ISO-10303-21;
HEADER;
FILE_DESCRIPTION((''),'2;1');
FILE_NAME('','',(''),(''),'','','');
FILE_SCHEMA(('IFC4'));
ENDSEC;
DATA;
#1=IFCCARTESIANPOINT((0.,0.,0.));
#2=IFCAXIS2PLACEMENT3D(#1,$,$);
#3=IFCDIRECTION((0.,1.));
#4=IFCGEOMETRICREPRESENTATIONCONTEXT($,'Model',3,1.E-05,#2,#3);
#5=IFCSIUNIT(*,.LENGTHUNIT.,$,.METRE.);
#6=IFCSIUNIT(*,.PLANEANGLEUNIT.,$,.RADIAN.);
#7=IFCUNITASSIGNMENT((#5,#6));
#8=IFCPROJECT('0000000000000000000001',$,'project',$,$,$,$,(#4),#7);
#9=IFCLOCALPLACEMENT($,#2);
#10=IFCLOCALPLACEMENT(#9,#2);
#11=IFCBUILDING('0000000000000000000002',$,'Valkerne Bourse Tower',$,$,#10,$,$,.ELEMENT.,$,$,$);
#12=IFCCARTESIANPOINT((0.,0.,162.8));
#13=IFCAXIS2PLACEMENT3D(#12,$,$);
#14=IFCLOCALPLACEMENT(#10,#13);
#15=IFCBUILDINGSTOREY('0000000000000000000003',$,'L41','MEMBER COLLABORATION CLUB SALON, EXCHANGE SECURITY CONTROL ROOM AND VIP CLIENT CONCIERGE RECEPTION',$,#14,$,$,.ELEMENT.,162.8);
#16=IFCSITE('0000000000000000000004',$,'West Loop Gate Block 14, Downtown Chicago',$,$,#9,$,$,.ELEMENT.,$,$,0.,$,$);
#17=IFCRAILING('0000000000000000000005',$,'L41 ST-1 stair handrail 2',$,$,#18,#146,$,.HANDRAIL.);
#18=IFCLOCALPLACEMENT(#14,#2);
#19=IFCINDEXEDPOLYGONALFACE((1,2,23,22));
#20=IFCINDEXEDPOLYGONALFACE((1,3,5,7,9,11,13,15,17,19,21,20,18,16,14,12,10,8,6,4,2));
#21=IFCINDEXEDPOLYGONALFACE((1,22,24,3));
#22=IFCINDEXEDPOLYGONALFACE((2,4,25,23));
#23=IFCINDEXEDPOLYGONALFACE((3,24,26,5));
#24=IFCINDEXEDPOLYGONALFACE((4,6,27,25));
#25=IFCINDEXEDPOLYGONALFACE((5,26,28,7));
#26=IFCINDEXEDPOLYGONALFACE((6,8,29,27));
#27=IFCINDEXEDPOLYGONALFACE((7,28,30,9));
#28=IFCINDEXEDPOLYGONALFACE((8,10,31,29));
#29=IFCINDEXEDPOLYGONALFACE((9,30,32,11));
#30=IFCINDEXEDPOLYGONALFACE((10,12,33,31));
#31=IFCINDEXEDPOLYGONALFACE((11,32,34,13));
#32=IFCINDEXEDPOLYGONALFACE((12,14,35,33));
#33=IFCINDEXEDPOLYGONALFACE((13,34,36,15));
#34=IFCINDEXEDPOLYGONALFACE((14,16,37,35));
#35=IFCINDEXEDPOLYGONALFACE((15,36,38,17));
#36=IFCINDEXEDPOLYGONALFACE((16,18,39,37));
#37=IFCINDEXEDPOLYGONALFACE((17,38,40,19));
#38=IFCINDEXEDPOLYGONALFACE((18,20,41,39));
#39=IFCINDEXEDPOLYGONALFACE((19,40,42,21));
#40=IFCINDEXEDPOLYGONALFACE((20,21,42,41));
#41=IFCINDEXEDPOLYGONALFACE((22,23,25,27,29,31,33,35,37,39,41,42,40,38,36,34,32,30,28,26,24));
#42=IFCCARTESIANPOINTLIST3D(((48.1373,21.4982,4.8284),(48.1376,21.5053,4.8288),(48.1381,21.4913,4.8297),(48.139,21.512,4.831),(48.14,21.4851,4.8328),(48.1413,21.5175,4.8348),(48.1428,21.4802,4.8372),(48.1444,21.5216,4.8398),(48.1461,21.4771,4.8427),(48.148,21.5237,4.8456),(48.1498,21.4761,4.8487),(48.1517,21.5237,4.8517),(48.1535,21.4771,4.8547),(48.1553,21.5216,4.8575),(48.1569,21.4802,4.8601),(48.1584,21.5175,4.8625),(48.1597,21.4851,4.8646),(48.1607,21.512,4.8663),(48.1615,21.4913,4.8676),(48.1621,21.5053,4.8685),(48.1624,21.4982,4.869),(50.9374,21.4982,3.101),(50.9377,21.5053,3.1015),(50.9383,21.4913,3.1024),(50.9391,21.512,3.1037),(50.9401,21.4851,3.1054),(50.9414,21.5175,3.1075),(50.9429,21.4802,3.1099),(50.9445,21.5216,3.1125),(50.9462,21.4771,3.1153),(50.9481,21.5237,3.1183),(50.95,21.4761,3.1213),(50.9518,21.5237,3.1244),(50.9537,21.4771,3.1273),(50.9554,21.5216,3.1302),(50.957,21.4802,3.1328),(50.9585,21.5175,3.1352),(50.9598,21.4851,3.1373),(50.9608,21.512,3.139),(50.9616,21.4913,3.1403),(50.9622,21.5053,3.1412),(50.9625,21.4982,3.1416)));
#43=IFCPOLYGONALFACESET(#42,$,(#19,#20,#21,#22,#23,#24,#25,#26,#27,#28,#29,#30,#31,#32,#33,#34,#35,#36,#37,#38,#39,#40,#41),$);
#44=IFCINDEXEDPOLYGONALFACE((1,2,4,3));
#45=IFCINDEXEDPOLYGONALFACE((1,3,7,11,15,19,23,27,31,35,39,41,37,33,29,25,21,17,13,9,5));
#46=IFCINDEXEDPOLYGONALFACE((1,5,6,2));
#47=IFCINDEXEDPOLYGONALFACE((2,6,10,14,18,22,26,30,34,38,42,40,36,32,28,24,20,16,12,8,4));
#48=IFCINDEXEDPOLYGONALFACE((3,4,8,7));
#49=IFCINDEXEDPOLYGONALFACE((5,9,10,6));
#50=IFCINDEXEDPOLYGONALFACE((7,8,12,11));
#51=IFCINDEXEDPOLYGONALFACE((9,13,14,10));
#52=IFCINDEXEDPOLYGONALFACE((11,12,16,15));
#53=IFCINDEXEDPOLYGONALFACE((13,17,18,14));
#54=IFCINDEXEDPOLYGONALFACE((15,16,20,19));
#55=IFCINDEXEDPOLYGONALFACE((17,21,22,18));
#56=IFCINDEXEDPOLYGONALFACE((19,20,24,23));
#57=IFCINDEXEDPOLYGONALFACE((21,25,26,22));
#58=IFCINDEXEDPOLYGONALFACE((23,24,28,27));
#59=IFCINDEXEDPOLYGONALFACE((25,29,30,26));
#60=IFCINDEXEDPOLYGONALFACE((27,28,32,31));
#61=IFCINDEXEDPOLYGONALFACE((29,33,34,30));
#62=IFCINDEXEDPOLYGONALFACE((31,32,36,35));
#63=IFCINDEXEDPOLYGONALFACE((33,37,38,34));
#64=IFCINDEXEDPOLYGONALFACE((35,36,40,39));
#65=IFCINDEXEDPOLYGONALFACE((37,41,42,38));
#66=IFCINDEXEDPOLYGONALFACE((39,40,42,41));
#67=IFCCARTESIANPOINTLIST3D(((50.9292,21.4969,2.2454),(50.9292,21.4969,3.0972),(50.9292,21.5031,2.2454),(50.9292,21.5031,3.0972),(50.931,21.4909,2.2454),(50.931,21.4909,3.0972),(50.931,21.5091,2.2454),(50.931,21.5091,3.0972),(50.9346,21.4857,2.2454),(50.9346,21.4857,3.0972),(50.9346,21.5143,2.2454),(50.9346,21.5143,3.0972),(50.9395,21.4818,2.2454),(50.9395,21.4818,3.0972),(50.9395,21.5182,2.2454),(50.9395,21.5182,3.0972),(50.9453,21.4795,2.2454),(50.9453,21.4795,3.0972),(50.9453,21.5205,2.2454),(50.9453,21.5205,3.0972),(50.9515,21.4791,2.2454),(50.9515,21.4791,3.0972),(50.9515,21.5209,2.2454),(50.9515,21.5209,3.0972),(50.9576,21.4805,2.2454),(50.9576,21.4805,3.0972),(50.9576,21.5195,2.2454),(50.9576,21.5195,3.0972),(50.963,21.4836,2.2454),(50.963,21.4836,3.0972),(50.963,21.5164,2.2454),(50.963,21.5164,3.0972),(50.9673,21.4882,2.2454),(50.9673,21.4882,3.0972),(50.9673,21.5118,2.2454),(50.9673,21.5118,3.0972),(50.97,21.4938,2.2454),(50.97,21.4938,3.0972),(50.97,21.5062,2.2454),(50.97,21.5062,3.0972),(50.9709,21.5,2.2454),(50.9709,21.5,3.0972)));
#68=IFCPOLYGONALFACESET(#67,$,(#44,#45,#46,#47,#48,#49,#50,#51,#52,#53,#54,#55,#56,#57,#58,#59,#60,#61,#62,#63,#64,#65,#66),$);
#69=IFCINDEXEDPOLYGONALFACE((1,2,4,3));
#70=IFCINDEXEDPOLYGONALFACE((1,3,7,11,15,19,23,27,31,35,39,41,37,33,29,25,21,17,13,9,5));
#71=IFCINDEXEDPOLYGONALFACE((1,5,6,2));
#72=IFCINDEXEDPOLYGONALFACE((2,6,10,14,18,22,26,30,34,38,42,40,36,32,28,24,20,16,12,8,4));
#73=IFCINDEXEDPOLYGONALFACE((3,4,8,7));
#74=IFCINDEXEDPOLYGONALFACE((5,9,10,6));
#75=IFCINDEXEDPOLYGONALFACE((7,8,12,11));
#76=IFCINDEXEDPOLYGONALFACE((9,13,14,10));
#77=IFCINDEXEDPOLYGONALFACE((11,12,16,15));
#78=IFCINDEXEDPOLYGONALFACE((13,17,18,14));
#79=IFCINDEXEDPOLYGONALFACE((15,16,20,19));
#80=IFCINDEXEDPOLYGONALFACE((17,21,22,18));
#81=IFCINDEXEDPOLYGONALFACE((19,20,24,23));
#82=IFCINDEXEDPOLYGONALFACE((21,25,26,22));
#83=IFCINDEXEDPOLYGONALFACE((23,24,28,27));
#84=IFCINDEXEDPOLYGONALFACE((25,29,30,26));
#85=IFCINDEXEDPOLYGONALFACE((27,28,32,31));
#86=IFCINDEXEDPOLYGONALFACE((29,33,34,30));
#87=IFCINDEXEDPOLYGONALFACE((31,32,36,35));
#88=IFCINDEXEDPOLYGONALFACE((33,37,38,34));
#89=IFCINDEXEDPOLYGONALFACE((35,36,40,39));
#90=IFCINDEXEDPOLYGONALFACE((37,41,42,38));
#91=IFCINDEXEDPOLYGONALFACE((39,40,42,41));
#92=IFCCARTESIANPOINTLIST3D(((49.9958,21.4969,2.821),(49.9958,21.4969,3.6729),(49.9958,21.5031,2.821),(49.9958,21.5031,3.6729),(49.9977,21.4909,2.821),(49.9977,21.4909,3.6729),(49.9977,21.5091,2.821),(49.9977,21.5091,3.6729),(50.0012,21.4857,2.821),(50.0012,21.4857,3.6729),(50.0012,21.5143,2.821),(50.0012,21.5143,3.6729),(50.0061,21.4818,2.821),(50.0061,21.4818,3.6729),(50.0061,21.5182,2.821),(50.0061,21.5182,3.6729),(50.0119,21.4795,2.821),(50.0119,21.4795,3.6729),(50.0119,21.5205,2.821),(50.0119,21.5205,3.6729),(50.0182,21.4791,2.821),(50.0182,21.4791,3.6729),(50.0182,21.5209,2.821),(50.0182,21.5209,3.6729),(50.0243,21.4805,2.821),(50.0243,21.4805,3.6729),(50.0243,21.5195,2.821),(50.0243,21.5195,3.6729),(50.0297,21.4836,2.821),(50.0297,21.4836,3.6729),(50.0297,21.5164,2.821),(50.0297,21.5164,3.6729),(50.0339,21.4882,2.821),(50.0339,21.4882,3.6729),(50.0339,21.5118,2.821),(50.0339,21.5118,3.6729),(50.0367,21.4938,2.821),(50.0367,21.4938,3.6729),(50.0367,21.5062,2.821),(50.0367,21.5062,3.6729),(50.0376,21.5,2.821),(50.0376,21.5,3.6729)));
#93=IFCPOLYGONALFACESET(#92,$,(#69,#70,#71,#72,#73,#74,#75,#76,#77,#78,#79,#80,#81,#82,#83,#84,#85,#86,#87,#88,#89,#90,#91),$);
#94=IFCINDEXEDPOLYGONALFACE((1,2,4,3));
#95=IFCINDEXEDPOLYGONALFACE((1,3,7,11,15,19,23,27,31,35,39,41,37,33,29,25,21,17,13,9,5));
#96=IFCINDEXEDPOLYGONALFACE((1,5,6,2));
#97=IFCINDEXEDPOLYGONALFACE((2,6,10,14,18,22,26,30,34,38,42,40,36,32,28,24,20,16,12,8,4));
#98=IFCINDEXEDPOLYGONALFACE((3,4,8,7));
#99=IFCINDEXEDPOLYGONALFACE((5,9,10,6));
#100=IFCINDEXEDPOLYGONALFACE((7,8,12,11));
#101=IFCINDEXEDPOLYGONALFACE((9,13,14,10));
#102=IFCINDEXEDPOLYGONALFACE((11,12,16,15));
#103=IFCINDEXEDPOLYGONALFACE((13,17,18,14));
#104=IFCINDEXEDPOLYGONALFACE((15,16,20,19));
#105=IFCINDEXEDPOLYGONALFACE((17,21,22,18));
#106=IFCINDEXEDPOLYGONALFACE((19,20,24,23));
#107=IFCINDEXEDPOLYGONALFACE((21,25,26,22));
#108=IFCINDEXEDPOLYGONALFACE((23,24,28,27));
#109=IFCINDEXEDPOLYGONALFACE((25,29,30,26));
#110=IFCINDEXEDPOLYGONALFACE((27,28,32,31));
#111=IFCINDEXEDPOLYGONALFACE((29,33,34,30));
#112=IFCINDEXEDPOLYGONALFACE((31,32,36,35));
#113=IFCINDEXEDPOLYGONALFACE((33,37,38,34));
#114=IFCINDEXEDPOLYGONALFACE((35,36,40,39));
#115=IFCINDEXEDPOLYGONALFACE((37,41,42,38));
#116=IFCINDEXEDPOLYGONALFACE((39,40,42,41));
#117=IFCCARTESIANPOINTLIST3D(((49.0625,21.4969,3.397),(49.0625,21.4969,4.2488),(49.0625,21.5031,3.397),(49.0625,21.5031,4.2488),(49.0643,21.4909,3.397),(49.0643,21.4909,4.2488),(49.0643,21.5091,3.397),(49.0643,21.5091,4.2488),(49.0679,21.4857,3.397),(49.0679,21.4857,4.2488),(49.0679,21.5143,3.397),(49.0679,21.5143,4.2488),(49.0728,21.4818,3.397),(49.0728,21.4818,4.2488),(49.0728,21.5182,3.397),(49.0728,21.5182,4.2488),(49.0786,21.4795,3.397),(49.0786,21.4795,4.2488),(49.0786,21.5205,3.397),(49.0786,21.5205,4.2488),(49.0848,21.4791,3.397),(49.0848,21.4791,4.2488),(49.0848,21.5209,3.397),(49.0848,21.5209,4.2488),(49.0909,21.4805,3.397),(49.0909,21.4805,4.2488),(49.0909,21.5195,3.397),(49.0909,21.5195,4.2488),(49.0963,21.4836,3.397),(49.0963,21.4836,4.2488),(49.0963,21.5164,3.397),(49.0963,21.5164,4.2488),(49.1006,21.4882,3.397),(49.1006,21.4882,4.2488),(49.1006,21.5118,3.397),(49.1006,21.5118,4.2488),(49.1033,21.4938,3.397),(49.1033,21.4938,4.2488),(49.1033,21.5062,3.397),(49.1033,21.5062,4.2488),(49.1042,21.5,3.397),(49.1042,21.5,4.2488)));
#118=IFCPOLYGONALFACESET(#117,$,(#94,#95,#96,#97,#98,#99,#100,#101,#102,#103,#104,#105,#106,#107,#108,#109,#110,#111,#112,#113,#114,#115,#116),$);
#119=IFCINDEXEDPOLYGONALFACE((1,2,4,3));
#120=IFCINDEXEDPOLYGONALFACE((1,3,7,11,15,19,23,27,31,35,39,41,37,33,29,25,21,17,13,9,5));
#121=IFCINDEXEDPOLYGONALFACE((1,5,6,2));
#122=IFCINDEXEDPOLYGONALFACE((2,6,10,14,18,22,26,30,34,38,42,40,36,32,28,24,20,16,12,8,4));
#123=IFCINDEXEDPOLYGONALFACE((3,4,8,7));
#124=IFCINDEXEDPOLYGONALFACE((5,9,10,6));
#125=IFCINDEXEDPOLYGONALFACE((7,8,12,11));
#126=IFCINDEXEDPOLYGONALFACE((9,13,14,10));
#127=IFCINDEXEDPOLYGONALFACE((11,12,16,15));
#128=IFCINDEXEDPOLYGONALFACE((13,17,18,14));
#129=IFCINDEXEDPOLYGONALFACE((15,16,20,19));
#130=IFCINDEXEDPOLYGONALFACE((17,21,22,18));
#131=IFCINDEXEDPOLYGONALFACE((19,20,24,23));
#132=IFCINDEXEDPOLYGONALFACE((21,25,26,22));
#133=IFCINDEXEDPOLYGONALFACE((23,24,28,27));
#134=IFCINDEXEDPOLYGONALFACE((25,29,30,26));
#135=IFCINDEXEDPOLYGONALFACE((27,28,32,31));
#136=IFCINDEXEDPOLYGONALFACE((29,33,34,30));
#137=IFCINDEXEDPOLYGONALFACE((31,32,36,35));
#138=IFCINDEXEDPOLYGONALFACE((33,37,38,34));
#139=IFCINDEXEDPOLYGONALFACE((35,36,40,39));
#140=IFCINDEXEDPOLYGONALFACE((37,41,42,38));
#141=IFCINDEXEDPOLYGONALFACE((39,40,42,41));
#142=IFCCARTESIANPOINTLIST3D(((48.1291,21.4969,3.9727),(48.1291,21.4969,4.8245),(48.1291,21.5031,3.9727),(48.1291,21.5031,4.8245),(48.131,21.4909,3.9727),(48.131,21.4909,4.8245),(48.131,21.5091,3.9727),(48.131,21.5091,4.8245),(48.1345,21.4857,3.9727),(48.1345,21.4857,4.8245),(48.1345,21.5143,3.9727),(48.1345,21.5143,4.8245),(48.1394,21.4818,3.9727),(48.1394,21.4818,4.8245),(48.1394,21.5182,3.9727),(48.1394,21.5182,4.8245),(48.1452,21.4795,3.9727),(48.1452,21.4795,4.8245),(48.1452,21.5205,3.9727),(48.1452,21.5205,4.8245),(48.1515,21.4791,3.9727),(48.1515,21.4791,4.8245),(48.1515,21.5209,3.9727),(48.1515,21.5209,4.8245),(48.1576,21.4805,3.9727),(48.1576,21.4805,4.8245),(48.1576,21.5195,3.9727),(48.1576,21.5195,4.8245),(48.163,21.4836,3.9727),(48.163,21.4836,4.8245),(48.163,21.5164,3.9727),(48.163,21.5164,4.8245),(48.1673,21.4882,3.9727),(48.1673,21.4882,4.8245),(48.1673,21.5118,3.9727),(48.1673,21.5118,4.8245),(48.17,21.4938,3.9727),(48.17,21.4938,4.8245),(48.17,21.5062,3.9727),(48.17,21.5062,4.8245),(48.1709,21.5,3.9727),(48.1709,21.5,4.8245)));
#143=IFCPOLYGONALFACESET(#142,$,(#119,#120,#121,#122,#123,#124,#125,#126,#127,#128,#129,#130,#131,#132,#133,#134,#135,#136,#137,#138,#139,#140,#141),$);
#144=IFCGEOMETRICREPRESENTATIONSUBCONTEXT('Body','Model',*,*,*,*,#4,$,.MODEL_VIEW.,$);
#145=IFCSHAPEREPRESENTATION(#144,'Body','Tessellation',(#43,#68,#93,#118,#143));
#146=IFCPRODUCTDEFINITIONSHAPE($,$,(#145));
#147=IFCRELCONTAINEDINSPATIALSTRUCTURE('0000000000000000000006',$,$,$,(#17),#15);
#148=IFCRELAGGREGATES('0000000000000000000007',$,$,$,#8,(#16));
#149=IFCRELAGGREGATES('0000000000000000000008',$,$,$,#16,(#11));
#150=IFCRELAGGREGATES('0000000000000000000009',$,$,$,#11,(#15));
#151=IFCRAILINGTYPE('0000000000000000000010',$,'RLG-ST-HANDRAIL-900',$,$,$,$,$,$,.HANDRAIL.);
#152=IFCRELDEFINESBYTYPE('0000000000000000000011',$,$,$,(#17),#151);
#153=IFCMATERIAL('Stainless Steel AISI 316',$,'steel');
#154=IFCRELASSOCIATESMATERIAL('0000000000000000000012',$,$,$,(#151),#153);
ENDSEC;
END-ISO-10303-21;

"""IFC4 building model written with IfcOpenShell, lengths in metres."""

from ifc_helpers import new_model, si_unit, direction, frame, origin, origin_2d, place, context, subcontext, project, spatial, circle, extrude, material, type_object, element, save


model = new_model("IFC4")

# Units and contexts
model_context = context("Model", 3, precision=1e-05, world=origin(), true_north=direction((0.0, 1.0)))
body_context = subcontext(model_context, "Body", "Model", "MODEL_VIEW")
ifc_project = project(units=[si_unit("LENGTHUNIT", "METRE"), si_unit("PLANEANGLEUNIT", "RADIAN")], contexts=[model_context])

# Site, building, storey
site_placement = place(None, origin())
site = spatial("IfcSite", under=ifc_project, at=site_placement, Name="West Loop Gate Block 14, Downtown Chicago", CompositionType="ELEMENT", RefElevation=0.0)
building_placement = place(site_placement, origin())
building = spatial("IfcBuilding", under=site, at=building_placement, Name="Valkerne Bourse Tower", CompositionType="ELEMENT")
storey_placement = place(building_placement, frame((0.0, 0.0, 162.8)))
storey = spatial("IfcBuildingStorey", under=building, at=storey_placement, Name="L41", Description="MEMBER COLLABORATION CLUB SALON, EXCHANGE SECURITY CONTROL ROOM AND VIP CLIENT CONCIERGE RECEPTION", CompositionType="ELEMENT", Elevation=162.8)

# Shared definitions
ifc_material_1 = material(Name="Stainless Steel AISI 316", Category="steel")

# Railing
railing_type_1 = type_object("IfcRailingType", Name="RLG-ST-HANDRAIL-900", PredefinedType="HANDRAIL", material=ifc_material_1)
railing_1_placement = place(storey_placement, frame((50.95, 21.5, 2.2454)))
element("IfcRailing", 1, at=railing_1_placement, inside=storey, type_object=railing_type_1, Name="L41 ST-1 stair handrail 2", PredefinedType="HANDRAIL", context=body_context, shape_type="SweptSolid", body=[
    extrude(circle(Radius=0.0239, at=origin_2d()), frame((0.0, 0.0, 0.876), z_axis=(-0.85109, 0.0, 0.52502), x_axis=(0.0, -1.0, 0.0)), (0.0, 0.0, 1.0), 3.29),
    extrude(circle(Radius=0.021, at=origin_2d()), origin(), (0.0, 0.0, 1.0), 0.8518),
    extrude(circle(Radius=0.021, at=origin_2d()), frame((-0.9333, 0.0, 0.5757)), (0.0, 0.0, 1.0), 0.8518),
    extrude(circle(Radius=0.021, at=origin_2d()), frame((-1.8667, 0.0, 1.1516)), (0.0, 0.0, 1.0), 0.8518),
    extrude(circle(Radius=0.021, at=origin_2d()), frame((-2.8, 0.0, 1.7273)), (0.0, 0.0, 1.0), 0.8518),
])

save(model, "model.ifc")
